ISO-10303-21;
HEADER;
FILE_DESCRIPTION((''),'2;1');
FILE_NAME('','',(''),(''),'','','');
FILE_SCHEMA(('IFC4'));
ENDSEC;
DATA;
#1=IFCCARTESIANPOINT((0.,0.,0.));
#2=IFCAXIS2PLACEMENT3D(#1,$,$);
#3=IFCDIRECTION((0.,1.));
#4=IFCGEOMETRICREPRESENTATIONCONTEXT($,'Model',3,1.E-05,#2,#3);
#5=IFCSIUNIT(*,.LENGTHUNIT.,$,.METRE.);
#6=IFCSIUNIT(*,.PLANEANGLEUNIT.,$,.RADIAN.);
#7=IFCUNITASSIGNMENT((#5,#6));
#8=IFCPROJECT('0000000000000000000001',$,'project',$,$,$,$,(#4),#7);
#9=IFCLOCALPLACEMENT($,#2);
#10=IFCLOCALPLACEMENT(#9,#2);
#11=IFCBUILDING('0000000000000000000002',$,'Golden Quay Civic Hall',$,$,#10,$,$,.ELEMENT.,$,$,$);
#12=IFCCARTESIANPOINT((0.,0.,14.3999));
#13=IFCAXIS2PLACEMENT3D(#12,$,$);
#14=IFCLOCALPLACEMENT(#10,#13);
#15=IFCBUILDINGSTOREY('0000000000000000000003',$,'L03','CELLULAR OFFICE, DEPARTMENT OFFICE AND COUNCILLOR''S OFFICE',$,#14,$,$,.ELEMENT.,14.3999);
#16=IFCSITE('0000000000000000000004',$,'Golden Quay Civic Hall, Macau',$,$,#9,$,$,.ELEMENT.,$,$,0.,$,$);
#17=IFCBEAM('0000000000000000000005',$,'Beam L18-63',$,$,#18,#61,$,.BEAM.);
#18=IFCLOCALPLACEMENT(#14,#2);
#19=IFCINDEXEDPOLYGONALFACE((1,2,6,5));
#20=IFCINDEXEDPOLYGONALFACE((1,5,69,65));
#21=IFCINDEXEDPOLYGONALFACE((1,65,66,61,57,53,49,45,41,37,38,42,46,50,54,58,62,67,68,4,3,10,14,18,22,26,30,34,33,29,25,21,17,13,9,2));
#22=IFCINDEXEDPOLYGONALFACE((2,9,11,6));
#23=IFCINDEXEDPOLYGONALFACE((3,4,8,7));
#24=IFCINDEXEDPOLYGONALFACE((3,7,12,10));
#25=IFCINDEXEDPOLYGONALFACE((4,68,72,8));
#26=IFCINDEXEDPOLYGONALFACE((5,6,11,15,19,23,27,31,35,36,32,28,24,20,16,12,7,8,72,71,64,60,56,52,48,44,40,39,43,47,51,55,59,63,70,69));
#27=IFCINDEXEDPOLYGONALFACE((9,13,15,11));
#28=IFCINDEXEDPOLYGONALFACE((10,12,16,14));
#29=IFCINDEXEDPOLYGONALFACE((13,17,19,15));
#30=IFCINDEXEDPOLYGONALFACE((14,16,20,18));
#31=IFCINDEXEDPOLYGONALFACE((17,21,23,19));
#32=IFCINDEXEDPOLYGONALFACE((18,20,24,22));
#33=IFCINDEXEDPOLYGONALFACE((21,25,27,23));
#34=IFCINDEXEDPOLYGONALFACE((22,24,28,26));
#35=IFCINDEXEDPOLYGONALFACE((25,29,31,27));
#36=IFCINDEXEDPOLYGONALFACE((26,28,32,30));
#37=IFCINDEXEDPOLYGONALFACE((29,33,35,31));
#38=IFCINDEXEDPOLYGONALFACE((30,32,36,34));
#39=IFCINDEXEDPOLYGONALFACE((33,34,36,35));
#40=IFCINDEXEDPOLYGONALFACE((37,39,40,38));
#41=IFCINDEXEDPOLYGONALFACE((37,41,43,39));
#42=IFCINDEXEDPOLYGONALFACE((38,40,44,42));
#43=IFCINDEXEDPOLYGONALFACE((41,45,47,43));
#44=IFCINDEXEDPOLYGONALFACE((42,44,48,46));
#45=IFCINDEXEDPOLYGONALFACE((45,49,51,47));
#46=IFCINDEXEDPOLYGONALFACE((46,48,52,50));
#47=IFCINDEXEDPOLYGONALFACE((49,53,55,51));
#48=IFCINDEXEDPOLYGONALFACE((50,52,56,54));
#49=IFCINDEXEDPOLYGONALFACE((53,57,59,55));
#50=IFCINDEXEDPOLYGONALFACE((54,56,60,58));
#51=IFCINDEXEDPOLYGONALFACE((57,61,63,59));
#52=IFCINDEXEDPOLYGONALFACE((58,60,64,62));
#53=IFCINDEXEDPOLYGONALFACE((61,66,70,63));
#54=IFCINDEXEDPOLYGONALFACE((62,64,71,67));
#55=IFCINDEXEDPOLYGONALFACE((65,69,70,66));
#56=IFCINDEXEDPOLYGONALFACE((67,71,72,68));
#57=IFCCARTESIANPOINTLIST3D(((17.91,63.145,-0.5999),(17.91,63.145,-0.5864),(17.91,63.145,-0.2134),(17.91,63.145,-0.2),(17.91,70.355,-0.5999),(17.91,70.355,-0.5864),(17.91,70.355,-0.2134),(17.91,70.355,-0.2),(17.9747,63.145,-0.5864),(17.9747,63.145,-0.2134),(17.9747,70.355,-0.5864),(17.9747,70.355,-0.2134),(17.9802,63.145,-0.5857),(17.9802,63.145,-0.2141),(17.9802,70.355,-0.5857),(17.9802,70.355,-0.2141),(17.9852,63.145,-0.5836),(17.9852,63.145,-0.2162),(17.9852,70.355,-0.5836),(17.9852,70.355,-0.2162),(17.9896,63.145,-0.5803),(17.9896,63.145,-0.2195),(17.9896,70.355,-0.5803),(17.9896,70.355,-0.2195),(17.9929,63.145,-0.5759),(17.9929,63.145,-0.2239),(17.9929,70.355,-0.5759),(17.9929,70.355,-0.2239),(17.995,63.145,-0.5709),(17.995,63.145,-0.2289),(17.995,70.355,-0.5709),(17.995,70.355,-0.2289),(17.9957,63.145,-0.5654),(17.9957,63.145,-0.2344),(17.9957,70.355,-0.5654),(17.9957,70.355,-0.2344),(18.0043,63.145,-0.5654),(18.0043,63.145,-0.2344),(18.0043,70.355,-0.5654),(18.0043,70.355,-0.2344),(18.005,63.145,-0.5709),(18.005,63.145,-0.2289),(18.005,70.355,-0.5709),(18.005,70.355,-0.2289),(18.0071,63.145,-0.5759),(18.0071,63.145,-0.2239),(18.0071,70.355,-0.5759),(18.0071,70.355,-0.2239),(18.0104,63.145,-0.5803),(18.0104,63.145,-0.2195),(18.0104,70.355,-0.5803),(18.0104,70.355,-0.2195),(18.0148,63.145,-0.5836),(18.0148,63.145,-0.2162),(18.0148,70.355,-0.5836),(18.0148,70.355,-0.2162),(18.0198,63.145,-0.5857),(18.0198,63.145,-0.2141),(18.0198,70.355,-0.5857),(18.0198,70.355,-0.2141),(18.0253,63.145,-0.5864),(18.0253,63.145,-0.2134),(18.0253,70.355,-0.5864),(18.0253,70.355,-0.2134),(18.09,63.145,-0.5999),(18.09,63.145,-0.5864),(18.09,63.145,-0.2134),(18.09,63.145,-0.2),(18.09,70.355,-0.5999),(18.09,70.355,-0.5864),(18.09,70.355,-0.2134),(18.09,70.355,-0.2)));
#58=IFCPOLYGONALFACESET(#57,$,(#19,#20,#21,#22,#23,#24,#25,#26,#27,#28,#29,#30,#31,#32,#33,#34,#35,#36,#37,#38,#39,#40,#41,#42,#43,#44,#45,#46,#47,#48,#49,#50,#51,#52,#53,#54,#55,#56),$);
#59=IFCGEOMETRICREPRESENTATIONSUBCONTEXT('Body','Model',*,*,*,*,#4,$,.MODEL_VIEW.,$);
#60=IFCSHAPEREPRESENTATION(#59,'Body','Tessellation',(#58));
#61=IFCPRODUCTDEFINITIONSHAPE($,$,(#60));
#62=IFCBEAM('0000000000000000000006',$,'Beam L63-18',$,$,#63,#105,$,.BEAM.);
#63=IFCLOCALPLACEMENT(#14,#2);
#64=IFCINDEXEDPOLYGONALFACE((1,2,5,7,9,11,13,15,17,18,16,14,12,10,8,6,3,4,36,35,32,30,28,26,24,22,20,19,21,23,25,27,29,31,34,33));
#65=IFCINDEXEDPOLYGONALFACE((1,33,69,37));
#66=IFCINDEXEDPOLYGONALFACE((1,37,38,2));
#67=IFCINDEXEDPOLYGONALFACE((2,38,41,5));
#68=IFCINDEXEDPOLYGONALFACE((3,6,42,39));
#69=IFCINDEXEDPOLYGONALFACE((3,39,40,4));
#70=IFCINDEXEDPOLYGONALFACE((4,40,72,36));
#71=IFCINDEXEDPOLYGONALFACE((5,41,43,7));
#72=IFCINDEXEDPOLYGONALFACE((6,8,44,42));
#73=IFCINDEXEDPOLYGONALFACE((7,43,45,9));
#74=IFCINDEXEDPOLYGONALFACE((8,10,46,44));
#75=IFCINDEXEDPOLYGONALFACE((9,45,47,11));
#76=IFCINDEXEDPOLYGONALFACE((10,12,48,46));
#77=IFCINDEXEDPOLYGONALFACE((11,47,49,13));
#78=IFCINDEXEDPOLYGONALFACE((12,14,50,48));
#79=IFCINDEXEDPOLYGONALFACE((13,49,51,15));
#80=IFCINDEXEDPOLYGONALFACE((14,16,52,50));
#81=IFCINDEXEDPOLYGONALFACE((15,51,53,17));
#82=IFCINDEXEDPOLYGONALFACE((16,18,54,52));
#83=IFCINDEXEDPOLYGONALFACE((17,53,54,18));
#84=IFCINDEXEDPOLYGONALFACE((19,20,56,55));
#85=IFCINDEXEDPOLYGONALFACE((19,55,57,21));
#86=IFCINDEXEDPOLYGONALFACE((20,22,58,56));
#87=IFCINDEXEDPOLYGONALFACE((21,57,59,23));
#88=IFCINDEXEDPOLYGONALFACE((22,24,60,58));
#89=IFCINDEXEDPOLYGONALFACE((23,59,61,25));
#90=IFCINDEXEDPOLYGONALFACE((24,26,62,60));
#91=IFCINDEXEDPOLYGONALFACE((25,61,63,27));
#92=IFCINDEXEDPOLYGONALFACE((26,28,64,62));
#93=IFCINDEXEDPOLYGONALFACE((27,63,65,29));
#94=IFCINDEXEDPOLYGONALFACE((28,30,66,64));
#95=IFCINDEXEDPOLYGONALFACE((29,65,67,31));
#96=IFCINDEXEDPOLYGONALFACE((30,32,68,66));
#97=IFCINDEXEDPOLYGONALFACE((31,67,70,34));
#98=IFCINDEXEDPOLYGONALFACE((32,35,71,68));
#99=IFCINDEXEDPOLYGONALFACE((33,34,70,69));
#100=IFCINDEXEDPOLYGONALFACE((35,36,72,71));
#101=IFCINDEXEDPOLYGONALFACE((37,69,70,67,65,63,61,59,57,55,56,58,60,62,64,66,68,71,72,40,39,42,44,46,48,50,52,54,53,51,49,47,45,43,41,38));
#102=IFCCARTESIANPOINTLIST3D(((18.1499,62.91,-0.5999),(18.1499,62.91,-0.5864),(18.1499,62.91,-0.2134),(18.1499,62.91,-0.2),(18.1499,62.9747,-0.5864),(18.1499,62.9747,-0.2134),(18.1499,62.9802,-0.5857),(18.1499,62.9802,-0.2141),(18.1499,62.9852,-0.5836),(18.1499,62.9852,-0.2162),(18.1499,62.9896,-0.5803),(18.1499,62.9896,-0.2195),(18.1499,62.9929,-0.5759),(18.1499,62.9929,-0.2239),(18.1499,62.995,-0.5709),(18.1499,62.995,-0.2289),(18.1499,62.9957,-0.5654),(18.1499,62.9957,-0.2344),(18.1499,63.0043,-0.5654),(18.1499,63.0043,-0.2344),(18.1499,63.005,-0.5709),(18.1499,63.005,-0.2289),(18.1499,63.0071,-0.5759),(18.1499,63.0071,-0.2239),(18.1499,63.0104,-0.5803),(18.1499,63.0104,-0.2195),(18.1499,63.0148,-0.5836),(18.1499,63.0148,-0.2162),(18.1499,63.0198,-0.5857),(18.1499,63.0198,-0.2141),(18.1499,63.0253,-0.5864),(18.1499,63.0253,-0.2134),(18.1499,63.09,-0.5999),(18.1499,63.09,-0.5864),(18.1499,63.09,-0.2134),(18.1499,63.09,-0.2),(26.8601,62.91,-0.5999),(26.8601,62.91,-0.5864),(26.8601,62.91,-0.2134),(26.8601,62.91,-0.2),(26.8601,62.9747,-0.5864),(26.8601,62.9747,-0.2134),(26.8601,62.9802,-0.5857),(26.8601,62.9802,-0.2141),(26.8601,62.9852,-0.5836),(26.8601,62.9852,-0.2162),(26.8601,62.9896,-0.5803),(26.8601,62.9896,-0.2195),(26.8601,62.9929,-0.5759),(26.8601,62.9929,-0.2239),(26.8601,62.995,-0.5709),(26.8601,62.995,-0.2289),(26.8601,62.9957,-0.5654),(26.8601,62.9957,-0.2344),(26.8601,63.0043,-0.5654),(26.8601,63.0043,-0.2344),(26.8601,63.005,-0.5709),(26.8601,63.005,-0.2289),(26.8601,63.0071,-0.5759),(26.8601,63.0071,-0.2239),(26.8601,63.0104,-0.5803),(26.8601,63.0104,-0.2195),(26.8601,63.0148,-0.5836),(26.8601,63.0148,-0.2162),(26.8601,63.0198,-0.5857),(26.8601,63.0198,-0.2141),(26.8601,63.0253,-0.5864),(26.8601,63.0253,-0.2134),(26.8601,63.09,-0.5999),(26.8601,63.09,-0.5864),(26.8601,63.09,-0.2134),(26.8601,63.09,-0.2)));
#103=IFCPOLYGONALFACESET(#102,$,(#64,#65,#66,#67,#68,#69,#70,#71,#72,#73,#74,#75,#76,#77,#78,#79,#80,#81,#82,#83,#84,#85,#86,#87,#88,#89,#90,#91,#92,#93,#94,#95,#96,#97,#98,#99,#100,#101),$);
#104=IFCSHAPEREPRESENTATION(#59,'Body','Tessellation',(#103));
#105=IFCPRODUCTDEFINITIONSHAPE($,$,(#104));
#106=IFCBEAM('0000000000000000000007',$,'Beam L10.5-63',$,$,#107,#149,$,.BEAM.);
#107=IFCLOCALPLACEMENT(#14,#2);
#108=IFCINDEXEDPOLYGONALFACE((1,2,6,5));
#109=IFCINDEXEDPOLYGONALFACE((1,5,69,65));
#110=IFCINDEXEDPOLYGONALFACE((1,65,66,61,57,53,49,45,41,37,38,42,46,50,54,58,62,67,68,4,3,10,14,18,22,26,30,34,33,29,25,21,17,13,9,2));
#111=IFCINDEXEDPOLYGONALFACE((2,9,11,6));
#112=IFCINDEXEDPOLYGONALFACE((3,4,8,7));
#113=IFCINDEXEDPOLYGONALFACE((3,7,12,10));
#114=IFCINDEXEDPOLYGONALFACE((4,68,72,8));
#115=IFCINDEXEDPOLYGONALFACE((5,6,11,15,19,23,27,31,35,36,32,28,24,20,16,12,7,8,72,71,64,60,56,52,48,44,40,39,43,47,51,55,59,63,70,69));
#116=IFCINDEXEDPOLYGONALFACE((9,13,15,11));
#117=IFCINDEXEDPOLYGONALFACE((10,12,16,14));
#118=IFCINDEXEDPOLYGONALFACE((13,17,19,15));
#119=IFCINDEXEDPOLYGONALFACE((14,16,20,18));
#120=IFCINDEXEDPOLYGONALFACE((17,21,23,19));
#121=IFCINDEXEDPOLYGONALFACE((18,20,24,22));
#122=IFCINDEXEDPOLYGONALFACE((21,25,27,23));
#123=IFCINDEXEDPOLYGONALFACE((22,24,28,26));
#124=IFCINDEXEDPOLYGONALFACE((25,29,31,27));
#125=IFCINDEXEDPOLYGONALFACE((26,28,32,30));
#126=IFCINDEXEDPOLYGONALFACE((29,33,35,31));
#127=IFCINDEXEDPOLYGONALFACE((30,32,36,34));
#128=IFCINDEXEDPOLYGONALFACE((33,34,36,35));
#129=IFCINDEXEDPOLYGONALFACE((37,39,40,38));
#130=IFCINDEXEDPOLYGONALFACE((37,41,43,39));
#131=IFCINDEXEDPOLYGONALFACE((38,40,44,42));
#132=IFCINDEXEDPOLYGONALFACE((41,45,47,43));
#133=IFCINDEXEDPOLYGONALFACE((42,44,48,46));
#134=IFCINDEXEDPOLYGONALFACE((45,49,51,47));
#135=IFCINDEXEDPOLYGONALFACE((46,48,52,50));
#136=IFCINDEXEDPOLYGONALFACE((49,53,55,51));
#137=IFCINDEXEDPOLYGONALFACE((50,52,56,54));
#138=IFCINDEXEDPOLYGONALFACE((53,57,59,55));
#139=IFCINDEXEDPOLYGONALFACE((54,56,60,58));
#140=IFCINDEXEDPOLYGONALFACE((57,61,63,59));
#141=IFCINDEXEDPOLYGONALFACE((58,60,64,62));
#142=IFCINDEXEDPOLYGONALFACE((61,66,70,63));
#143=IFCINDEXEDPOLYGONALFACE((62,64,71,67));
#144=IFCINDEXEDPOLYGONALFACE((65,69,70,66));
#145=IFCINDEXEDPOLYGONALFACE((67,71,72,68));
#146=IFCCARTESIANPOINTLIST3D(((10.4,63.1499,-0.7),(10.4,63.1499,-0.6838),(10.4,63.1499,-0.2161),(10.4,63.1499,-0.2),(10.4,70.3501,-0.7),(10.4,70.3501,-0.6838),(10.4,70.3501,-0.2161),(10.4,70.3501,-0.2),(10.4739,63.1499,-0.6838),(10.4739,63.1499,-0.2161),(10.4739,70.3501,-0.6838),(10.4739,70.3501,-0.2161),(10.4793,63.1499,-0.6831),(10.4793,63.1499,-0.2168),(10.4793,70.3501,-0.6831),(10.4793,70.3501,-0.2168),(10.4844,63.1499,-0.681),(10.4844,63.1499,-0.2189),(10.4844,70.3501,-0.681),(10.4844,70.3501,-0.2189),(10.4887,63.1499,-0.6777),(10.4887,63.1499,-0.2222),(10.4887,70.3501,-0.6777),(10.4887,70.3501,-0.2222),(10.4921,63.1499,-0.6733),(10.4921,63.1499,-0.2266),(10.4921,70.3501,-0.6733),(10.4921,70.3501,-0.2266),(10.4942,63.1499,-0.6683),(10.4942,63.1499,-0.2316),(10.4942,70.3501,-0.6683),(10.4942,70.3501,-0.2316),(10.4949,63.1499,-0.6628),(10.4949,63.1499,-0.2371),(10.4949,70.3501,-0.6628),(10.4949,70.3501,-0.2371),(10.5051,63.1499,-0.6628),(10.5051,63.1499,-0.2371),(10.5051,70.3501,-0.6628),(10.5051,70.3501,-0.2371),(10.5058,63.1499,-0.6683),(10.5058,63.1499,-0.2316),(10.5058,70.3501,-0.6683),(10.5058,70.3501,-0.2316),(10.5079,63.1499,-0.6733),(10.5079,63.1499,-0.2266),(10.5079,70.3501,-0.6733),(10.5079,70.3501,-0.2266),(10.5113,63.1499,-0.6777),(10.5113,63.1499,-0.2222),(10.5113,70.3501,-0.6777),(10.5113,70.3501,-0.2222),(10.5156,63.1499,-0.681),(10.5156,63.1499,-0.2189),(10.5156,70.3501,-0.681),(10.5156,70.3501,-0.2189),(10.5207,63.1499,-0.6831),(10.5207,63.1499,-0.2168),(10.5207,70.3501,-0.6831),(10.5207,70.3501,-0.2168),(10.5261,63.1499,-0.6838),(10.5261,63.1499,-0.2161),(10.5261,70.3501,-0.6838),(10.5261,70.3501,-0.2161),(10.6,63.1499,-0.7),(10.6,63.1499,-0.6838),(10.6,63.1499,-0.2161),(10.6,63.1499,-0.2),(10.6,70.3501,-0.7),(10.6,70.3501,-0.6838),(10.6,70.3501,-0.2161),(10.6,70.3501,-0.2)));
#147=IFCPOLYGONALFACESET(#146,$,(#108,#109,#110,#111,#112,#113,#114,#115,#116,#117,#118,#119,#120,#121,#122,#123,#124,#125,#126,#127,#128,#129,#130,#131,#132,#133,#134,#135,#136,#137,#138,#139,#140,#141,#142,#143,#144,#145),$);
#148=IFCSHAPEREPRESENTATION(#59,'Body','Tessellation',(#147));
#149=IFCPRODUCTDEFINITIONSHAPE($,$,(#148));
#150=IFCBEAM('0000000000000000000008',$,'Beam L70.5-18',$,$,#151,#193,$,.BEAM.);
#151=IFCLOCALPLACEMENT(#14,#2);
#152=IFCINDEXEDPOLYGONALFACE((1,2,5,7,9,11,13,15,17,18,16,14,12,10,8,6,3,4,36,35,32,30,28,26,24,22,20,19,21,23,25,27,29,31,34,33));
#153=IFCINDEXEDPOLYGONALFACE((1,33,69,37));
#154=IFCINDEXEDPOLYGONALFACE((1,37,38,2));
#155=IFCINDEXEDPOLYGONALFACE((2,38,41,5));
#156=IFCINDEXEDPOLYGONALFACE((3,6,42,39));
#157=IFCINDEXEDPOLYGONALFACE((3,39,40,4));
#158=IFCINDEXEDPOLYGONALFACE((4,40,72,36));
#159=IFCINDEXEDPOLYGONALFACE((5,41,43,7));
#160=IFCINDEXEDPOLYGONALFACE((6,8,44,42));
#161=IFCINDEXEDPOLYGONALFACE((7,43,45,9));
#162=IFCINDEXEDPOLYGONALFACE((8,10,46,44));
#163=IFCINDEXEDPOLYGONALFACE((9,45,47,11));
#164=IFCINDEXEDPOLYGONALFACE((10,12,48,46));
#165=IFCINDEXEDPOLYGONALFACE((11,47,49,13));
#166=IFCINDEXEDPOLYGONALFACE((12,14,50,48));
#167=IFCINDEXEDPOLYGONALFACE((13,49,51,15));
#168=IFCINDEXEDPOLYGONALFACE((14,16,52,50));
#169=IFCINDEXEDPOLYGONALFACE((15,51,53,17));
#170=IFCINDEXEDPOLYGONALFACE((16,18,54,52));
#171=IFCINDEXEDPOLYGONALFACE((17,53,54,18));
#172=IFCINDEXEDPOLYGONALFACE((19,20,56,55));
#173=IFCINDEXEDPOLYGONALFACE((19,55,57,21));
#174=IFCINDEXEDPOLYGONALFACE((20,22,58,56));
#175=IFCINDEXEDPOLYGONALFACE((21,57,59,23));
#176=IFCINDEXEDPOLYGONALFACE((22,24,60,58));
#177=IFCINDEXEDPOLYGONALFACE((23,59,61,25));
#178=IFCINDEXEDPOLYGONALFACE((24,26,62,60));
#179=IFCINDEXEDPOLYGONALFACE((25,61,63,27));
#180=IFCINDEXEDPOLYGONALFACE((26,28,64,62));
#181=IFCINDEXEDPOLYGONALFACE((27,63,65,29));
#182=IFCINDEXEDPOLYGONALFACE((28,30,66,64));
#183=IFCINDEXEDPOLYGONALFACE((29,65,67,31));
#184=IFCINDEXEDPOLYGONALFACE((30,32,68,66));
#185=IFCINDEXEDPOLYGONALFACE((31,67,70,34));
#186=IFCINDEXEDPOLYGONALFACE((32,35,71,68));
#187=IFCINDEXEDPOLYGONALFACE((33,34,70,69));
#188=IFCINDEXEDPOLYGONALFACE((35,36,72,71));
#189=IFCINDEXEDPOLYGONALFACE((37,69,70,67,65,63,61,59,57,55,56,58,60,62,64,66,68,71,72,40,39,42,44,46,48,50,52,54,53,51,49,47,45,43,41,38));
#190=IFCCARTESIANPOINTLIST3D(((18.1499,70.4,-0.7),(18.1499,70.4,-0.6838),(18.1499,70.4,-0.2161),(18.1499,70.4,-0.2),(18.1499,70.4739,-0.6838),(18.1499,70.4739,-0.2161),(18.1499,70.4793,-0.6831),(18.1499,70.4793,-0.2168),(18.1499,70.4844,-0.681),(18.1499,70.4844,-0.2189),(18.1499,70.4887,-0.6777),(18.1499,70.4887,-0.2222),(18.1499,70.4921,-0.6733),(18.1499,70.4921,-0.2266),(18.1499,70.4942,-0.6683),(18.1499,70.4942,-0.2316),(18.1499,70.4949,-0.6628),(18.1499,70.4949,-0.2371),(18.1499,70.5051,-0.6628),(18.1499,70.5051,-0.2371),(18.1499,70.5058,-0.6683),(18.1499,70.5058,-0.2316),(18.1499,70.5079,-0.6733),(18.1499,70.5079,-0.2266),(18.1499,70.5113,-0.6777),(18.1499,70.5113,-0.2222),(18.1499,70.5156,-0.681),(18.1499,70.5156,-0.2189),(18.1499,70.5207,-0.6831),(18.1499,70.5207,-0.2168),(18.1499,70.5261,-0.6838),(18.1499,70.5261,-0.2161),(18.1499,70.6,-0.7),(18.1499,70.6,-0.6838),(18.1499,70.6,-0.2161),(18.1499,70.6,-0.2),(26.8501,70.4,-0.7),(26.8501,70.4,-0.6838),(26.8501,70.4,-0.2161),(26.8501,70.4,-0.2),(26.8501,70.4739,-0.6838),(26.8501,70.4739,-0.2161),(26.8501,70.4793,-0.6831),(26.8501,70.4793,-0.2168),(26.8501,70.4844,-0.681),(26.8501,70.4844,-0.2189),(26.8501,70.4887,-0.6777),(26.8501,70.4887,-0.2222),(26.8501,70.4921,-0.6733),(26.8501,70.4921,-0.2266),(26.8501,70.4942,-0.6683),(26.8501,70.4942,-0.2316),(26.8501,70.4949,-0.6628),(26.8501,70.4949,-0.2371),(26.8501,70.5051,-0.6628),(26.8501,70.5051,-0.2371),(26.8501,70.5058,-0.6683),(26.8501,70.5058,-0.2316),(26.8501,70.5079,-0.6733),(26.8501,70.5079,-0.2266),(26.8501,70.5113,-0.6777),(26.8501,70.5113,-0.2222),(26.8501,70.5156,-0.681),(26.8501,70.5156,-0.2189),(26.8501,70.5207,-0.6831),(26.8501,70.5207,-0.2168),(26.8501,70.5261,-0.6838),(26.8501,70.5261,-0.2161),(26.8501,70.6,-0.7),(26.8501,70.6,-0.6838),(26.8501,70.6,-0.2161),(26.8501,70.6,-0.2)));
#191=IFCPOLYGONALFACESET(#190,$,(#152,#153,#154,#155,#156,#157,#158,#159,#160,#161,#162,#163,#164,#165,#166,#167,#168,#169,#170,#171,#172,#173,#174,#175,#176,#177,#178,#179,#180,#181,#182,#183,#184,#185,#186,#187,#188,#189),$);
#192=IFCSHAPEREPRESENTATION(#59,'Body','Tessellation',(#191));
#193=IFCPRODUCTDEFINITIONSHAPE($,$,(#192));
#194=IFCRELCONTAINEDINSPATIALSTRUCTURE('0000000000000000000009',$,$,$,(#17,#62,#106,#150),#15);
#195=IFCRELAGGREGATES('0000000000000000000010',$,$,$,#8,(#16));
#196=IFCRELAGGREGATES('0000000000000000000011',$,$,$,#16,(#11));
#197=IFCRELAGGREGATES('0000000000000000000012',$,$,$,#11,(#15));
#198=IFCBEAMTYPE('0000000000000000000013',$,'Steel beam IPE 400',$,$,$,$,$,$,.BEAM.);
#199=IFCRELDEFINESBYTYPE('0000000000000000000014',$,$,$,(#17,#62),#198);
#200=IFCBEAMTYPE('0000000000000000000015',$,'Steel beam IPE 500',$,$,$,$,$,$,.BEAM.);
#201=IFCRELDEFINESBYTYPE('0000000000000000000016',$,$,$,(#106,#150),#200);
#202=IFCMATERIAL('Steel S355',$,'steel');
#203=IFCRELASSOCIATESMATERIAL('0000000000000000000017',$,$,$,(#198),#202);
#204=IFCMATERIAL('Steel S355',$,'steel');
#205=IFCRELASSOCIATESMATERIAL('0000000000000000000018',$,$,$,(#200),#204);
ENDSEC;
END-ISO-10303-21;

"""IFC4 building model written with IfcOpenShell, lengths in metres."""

from ifc_helpers import new_model, si_unit, direction, frame, origin, origin_2d, place, context, subcontext, project, spatial, i_section, extrude, material, material_profile, profile_set, type_object, element, save


model = new_model("IFC4")

# Units and contexts
model_context = context("Model", 3, precision=1e-05, world=origin(), true_north=direction((0.0, 1.0)))
body_context = subcontext(model_context, "Body", "Model", "MODEL_VIEW")
ifc_project = project(units=[si_unit("LENGTHUNIT", "METRE"), si_unit("PLANEANGLEUNIT", "RADIAN")], contexts=[model_context])

# Site, building, storey
site_placement = place(None, origin())
site = spatial("IfcSite", under=ifc_project, at=site_placement, Name="Golden Quay Civic Hall, Macau", CompositionType="ELEMENT", RefElevation=0.0)
building_placement = place(site_placement, origin())
building = spatial("IfcBuilding", under=site, at=building_placement, Name="Golden Quay Civic Hall", CompositionType="ELEMENT")
storey_placement = place(building_placement, frame((0.0, 0.0, 14.3999)))
storey = spatial("IfcBuildingStorey", under=building, at=storey_placement, Name="L03", Description="CELLULAR OFFICE, DEPARTMENT OFFICE AND COUNCILLOR'S OFFICE", CompositionType="ELEMENT", Elevation=14.3999)

# Beams
ifc_material_1 = material(Name="Steel S355", Category="steel")
ifc_material_profile_1 = material_profile(ifc_material_1, i_section(OverallWidth=0.1799, OverallDepth=0.3999, WebThickness=0.0085, FlangeThickness=0.0134, FilletRadius=0.021, at=origin_2d()), Name="IPE 400")
ifc_profile_set_1 = profile_set([ifc_material_profile_1], Name="Steel S355")
beam_type_1 = type_object("IfcBeamType", Name="Steel beam IPE 400", PredefinedType="BEAM", material=ifc_profile_set_1)
beam_1_placement = place(storey_placement, frame((18.0, 63.145, -0.3999), z_axis=(0.0, 1.0, 0.0), x_axis=(-1.0, 0.0, 0.0)))
element("IfcBeam", 1, at=beam_1_placement, inside=storey, type_object=beam_type_1, Name="Beam L18-63", PredefinedType="BEAM", context=body_context, shape_type="SweptSolid", body=[
    extrude(i_section(OverallWidth=0.1799, OverallDepth=0.3999, WebThickness=0.0085, FlangeThickness=0.0134, FilletRadius=0.021, at=origin_2d()), origin(), (0.0, 0.0, 1.0), 7.21),
])
beam_2_placement = place(storey_placement, frame((18.1499, 63.0, -0.3999), z_axis=(1.0, 0.0, 0.0), x_axis=(0.0, 1.0, 0.0)))
element("IfcBeam", 2, at=beam_2_placement, inside=storey, type_object=beam_type_1, Name="Beam L63-18", PredefinedType="BEAM", context=body_context, shape_type="SweptSolid", body=[
    extrude(i_section(OverallWidth=0.1799, OverallDepth=0.3999, WebThickness=0.0085, FlangeThickness=0.0134, FilletRadius=0.021, at=origin_2d()), origin(), (0.0, 0.0, 1.0), 8.7102),
])
ifc_material_2 = material(Name="Steel S355", Category="steel")
ifc_material_profile_2 = material_profile(ifc_material_2, i_section(OverallWidth=0.2, OverallDepth=0.5, WebThickness=0.0103, FlangeThickness=0.0161, FilletRadius=0.021, at=origin_2d()), Name="IPE 500")
ifc_profile_set_2 = profile_set([ifc_material_profile_2], Name="Steel S355")
beam_type_2 = type_object("IfcBeamType", Name="Steel beam IPE 500", PredefinedType="BEAM", material=ifc_profile_set_2)
beam_3_placement = place(storey_placement, frame((10.5, 63.1499, -0.45), z_axis=(0.0, 1.0, 0.0), x_axis=(-1.0, 0.0, 0.0)))
element("IfcBeam", 3, at=beam_3_placement, inside=storey, type_object=beam_type_2, Name="Beam L10.5-63", PredefinedType="BEAM", context=body_context, shape_type="SweptSolid", body=[
    extrude(i_section(OverallWidth=0.2, OverallDepth=0.5, WebThickness=0.0103, FlangeThickness=0.0161, FilletRadius=0.021, at=origin_2d()), origin(), (0.0, 0.0, 1.0), 7.2002),
])
beam_4_placement = place(storey_placement, frame((18.1499, 70.5, -0.45), z_axis=(1.0, 0.0, 0.0), x_axis=(0.0, 1.0, 0.0)))
element("IfcBeam", 4, at=beam_4_placement, inside=storey, type_object=beam_type_2, Name="Beam L70.5-18", PredefinedType="BEAM", context=body_context, shape_type="SweptSolid", body=[
    extrude(i_section(OverallWidth=0.2, OverallDepth=0.5, WebThickness=0.0103, FlangeThickness=0.0161, FilletRadius=0.021, at=origin_2d()), origin(), (0.0, 0.0, 1.0), 8.7002),
])

save(model, "model.ifc")
